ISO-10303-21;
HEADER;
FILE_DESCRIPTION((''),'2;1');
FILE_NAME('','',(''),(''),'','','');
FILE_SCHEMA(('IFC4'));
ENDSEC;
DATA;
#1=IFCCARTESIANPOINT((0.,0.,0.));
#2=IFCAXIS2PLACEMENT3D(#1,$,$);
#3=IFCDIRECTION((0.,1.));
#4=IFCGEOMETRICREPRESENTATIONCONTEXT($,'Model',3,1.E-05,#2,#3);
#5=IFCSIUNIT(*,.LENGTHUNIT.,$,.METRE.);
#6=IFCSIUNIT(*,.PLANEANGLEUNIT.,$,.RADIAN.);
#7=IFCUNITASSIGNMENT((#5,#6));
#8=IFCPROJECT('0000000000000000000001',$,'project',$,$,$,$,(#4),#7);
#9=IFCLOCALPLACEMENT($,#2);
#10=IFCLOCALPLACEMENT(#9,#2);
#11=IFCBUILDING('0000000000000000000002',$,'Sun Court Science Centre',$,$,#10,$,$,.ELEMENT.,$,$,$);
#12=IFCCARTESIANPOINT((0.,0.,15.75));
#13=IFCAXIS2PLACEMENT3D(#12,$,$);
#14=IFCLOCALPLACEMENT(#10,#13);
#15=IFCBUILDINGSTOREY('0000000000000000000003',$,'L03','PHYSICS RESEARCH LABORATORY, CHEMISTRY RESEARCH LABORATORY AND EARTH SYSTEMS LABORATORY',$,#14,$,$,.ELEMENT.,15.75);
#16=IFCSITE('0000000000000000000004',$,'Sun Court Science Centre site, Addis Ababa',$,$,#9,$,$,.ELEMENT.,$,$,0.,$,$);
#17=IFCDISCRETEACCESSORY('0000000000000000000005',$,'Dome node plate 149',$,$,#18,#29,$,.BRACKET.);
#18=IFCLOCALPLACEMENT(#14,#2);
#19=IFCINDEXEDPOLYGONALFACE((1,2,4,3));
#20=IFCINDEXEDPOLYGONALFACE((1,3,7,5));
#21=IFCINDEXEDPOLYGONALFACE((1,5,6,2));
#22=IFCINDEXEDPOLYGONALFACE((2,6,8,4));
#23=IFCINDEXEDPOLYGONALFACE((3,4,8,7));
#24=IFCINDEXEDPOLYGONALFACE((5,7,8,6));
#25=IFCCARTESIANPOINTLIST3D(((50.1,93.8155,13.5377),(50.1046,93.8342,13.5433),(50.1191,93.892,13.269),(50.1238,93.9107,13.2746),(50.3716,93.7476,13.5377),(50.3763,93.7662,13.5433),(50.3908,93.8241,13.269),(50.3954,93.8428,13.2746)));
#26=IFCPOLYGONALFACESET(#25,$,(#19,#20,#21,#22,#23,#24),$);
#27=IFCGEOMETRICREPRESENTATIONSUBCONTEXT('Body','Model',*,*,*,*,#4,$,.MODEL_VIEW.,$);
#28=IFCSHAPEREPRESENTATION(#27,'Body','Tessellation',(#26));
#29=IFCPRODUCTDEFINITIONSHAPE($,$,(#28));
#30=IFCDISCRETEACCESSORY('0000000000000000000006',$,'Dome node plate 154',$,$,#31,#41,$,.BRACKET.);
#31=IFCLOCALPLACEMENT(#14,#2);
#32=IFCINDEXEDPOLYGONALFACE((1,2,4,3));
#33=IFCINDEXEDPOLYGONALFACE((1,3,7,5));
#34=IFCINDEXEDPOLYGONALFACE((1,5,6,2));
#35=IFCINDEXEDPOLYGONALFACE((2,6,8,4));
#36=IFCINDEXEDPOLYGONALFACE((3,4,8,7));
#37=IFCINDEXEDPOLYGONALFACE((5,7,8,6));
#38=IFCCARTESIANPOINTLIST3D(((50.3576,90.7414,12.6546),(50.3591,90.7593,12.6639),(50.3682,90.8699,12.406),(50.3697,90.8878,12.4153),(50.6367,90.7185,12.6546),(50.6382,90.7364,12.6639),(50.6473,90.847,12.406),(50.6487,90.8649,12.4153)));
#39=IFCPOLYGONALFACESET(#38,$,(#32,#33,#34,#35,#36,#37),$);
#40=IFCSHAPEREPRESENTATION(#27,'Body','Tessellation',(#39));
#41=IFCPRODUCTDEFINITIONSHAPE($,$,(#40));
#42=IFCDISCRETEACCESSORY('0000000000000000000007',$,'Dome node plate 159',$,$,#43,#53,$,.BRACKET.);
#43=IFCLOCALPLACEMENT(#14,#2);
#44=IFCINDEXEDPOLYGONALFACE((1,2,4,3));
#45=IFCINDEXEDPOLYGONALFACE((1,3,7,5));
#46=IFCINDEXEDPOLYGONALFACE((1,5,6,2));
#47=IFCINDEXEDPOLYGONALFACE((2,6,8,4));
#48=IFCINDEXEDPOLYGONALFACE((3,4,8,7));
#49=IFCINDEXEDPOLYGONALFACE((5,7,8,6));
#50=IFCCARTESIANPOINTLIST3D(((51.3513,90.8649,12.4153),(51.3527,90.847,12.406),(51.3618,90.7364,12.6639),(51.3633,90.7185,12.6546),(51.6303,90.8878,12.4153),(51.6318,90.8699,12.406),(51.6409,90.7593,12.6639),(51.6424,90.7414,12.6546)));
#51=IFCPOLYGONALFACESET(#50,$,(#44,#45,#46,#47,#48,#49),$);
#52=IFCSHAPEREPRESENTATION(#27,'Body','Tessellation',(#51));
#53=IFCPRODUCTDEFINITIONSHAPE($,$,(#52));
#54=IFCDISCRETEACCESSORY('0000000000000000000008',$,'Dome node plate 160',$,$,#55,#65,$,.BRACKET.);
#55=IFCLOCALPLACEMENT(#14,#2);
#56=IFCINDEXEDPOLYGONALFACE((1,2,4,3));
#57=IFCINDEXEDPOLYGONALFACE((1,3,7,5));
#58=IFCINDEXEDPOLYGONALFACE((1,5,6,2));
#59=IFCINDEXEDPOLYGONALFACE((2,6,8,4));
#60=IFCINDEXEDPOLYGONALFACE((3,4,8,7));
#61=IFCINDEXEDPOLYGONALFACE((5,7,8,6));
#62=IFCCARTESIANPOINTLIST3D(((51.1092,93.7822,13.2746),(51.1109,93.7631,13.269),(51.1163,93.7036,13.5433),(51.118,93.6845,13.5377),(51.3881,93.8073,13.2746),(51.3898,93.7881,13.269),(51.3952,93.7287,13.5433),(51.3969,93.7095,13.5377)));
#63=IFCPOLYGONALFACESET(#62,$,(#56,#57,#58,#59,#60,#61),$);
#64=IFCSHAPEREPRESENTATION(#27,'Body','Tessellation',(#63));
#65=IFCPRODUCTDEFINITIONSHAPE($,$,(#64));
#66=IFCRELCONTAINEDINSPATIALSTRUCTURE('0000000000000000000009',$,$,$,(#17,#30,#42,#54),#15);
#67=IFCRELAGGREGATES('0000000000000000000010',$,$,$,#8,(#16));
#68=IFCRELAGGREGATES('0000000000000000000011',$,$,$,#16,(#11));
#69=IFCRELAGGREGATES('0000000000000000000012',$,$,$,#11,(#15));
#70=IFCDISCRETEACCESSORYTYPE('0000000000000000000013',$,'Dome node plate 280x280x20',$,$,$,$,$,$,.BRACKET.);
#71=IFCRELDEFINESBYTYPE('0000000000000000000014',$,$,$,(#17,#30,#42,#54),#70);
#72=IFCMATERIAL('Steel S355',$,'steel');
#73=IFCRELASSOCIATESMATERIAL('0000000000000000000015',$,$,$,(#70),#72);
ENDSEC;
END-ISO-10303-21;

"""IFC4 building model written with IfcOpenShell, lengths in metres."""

from ifc_helpers import new_model, si_unit, direction, frame, origin, origin_2d, place, context, subcontext, project, spatial, rectangle, extrude, material, material_profile, profile_set, type_object, element, save


model = new_model("IFC4")

# Units and contexts
model_context = context("Model", 3, precision=1e-05, world=origin(), true_north=direction((0.0, 1.0)))
body_context = subcontext(model_context, "Body", "Model", "MODEL_VIEW")
ifc_project = project(units=[si_unit("LENGTHUNIT", "METRE"), si_unit("PLANEANGLEUNIT", "RADIAN")], contexts=[model_context])

# Site, building, storey
site_placement = place(None, origin())
site = spatial("IfcSite", under=ifc_project, at=site_placement, Name="Sun Court Science Centre site, Addis Ababa", CompositionType="ELEMENT", RefElevation=0.0)
building_placement = place(site_placement, origin())
building = spatial("IfcBuilding", under=site, at=building_placement, Name="Sun Court Science Centre", CompositionType="ELEMENT")
storey_placement = place(building_placement, frame((0.0, 0.0, 15.75)))
storey = spatial("IfcBuildingStorey", under=building, at=storey_placement, Name="L03", Description="PHYSICS RESEARCH LABORATORY, CHEMISTRY RESEARCH LABORATORY AND EARTH SYSTEMS LABORATORY", CompositionType="ELEMENT", Elevation=15.75)

# Discrete accessories
ifc_material_1 = material(Name="Steel S355", Category="steel")
ifc_material_profile_1 = material_profile(ifc_material_1, rectangle(XDim=0.28, YDim=0.28, at=origin_2d()), Name="PL 280x280")
ifc_profile_set_1 = profile_set([ifc_material_profile_1], Name="Steel S355")
discrete_accessory_type = type_object("IfcDiscreteAccessoryType", Name="Dome node plate 280x280x20", PredefinedType="BRACKET", material=ifc_profile_set_1)
for number, where, z_axis, x_axis, name in (
    (1, (50.2454, 93.8198, 13.4033), (0.232713, 0.930853, 0.281705), (-0.970143, 0.242536, 0.0), "Dome node plate 149"),
):
    element("IfcDiscreteAccessory", number, at=place(storey_placement, frame(where, z_axis=z_axis, x_axis=x_axis)), inside=storey, type_object=discrete_accessory_type, Name=name, PredefinedType="BRACKET", context=body_context, shape_type="SweptSolid", body=[
        extrude(rectangle(XDim=0.28, YDim=0.28, at=origin_2d()), origin(), (0.0, 0.0, 1.0), 0.02),
    ])
for number, where, z_axis, x_axis, name in (
    (2, (50.5024, 90.7942, 12.5303), (0.072713, 0.88467, 0.460513), (-0.996639, 0.081916, 0.0), "Dome node plate 154"),
    (3, (51.4976, 90.7942, 12.5303), (-0.072713, 0.88467, 0.460513), (-0.996639, -0.081916, 0.0), "Dome node plate 159"),
):
    element("IfcDiscreteAccessory", number, at=place(storey_placement, frame(where, z_axis=z_axis, x_axis=x_axis)), inside=storey, type_object=discrete_accessory_type, Name=name, PredefinedType="BRACKET", context=body_context, shape_type="SweptSolid", body=[
        extrude(rectangle(XDim=0.28, YDim=0.28, at=origin_2d()), origin(), (0.0, 0.0, 1.0), 0.0203),
    ])
discrete_accessory_1_placement = place(storey_placement, frame((51.2539, 93.7363, 13.4033), z_axis=(-0.085762, 0.955636, 0.28179), x_axis=(-0.995997, -0.089384, 0.0)))
element("IfcDiscreteAccessory", 4, at=discrete_accessory_1_placement, inside=storey, type_object=discrete_accessory_type, Name="Dome node plate 160", PredefinedType="BRACKET", context=body_context, shape_type="SweptSolid", body=[
    extrude(rectangle(XDim=0.28, YDim=0.28, at=origin_2d()), origin(), (0.0, 0.0, 1.0), 0.02),
])

save(model, "model.ifc")
